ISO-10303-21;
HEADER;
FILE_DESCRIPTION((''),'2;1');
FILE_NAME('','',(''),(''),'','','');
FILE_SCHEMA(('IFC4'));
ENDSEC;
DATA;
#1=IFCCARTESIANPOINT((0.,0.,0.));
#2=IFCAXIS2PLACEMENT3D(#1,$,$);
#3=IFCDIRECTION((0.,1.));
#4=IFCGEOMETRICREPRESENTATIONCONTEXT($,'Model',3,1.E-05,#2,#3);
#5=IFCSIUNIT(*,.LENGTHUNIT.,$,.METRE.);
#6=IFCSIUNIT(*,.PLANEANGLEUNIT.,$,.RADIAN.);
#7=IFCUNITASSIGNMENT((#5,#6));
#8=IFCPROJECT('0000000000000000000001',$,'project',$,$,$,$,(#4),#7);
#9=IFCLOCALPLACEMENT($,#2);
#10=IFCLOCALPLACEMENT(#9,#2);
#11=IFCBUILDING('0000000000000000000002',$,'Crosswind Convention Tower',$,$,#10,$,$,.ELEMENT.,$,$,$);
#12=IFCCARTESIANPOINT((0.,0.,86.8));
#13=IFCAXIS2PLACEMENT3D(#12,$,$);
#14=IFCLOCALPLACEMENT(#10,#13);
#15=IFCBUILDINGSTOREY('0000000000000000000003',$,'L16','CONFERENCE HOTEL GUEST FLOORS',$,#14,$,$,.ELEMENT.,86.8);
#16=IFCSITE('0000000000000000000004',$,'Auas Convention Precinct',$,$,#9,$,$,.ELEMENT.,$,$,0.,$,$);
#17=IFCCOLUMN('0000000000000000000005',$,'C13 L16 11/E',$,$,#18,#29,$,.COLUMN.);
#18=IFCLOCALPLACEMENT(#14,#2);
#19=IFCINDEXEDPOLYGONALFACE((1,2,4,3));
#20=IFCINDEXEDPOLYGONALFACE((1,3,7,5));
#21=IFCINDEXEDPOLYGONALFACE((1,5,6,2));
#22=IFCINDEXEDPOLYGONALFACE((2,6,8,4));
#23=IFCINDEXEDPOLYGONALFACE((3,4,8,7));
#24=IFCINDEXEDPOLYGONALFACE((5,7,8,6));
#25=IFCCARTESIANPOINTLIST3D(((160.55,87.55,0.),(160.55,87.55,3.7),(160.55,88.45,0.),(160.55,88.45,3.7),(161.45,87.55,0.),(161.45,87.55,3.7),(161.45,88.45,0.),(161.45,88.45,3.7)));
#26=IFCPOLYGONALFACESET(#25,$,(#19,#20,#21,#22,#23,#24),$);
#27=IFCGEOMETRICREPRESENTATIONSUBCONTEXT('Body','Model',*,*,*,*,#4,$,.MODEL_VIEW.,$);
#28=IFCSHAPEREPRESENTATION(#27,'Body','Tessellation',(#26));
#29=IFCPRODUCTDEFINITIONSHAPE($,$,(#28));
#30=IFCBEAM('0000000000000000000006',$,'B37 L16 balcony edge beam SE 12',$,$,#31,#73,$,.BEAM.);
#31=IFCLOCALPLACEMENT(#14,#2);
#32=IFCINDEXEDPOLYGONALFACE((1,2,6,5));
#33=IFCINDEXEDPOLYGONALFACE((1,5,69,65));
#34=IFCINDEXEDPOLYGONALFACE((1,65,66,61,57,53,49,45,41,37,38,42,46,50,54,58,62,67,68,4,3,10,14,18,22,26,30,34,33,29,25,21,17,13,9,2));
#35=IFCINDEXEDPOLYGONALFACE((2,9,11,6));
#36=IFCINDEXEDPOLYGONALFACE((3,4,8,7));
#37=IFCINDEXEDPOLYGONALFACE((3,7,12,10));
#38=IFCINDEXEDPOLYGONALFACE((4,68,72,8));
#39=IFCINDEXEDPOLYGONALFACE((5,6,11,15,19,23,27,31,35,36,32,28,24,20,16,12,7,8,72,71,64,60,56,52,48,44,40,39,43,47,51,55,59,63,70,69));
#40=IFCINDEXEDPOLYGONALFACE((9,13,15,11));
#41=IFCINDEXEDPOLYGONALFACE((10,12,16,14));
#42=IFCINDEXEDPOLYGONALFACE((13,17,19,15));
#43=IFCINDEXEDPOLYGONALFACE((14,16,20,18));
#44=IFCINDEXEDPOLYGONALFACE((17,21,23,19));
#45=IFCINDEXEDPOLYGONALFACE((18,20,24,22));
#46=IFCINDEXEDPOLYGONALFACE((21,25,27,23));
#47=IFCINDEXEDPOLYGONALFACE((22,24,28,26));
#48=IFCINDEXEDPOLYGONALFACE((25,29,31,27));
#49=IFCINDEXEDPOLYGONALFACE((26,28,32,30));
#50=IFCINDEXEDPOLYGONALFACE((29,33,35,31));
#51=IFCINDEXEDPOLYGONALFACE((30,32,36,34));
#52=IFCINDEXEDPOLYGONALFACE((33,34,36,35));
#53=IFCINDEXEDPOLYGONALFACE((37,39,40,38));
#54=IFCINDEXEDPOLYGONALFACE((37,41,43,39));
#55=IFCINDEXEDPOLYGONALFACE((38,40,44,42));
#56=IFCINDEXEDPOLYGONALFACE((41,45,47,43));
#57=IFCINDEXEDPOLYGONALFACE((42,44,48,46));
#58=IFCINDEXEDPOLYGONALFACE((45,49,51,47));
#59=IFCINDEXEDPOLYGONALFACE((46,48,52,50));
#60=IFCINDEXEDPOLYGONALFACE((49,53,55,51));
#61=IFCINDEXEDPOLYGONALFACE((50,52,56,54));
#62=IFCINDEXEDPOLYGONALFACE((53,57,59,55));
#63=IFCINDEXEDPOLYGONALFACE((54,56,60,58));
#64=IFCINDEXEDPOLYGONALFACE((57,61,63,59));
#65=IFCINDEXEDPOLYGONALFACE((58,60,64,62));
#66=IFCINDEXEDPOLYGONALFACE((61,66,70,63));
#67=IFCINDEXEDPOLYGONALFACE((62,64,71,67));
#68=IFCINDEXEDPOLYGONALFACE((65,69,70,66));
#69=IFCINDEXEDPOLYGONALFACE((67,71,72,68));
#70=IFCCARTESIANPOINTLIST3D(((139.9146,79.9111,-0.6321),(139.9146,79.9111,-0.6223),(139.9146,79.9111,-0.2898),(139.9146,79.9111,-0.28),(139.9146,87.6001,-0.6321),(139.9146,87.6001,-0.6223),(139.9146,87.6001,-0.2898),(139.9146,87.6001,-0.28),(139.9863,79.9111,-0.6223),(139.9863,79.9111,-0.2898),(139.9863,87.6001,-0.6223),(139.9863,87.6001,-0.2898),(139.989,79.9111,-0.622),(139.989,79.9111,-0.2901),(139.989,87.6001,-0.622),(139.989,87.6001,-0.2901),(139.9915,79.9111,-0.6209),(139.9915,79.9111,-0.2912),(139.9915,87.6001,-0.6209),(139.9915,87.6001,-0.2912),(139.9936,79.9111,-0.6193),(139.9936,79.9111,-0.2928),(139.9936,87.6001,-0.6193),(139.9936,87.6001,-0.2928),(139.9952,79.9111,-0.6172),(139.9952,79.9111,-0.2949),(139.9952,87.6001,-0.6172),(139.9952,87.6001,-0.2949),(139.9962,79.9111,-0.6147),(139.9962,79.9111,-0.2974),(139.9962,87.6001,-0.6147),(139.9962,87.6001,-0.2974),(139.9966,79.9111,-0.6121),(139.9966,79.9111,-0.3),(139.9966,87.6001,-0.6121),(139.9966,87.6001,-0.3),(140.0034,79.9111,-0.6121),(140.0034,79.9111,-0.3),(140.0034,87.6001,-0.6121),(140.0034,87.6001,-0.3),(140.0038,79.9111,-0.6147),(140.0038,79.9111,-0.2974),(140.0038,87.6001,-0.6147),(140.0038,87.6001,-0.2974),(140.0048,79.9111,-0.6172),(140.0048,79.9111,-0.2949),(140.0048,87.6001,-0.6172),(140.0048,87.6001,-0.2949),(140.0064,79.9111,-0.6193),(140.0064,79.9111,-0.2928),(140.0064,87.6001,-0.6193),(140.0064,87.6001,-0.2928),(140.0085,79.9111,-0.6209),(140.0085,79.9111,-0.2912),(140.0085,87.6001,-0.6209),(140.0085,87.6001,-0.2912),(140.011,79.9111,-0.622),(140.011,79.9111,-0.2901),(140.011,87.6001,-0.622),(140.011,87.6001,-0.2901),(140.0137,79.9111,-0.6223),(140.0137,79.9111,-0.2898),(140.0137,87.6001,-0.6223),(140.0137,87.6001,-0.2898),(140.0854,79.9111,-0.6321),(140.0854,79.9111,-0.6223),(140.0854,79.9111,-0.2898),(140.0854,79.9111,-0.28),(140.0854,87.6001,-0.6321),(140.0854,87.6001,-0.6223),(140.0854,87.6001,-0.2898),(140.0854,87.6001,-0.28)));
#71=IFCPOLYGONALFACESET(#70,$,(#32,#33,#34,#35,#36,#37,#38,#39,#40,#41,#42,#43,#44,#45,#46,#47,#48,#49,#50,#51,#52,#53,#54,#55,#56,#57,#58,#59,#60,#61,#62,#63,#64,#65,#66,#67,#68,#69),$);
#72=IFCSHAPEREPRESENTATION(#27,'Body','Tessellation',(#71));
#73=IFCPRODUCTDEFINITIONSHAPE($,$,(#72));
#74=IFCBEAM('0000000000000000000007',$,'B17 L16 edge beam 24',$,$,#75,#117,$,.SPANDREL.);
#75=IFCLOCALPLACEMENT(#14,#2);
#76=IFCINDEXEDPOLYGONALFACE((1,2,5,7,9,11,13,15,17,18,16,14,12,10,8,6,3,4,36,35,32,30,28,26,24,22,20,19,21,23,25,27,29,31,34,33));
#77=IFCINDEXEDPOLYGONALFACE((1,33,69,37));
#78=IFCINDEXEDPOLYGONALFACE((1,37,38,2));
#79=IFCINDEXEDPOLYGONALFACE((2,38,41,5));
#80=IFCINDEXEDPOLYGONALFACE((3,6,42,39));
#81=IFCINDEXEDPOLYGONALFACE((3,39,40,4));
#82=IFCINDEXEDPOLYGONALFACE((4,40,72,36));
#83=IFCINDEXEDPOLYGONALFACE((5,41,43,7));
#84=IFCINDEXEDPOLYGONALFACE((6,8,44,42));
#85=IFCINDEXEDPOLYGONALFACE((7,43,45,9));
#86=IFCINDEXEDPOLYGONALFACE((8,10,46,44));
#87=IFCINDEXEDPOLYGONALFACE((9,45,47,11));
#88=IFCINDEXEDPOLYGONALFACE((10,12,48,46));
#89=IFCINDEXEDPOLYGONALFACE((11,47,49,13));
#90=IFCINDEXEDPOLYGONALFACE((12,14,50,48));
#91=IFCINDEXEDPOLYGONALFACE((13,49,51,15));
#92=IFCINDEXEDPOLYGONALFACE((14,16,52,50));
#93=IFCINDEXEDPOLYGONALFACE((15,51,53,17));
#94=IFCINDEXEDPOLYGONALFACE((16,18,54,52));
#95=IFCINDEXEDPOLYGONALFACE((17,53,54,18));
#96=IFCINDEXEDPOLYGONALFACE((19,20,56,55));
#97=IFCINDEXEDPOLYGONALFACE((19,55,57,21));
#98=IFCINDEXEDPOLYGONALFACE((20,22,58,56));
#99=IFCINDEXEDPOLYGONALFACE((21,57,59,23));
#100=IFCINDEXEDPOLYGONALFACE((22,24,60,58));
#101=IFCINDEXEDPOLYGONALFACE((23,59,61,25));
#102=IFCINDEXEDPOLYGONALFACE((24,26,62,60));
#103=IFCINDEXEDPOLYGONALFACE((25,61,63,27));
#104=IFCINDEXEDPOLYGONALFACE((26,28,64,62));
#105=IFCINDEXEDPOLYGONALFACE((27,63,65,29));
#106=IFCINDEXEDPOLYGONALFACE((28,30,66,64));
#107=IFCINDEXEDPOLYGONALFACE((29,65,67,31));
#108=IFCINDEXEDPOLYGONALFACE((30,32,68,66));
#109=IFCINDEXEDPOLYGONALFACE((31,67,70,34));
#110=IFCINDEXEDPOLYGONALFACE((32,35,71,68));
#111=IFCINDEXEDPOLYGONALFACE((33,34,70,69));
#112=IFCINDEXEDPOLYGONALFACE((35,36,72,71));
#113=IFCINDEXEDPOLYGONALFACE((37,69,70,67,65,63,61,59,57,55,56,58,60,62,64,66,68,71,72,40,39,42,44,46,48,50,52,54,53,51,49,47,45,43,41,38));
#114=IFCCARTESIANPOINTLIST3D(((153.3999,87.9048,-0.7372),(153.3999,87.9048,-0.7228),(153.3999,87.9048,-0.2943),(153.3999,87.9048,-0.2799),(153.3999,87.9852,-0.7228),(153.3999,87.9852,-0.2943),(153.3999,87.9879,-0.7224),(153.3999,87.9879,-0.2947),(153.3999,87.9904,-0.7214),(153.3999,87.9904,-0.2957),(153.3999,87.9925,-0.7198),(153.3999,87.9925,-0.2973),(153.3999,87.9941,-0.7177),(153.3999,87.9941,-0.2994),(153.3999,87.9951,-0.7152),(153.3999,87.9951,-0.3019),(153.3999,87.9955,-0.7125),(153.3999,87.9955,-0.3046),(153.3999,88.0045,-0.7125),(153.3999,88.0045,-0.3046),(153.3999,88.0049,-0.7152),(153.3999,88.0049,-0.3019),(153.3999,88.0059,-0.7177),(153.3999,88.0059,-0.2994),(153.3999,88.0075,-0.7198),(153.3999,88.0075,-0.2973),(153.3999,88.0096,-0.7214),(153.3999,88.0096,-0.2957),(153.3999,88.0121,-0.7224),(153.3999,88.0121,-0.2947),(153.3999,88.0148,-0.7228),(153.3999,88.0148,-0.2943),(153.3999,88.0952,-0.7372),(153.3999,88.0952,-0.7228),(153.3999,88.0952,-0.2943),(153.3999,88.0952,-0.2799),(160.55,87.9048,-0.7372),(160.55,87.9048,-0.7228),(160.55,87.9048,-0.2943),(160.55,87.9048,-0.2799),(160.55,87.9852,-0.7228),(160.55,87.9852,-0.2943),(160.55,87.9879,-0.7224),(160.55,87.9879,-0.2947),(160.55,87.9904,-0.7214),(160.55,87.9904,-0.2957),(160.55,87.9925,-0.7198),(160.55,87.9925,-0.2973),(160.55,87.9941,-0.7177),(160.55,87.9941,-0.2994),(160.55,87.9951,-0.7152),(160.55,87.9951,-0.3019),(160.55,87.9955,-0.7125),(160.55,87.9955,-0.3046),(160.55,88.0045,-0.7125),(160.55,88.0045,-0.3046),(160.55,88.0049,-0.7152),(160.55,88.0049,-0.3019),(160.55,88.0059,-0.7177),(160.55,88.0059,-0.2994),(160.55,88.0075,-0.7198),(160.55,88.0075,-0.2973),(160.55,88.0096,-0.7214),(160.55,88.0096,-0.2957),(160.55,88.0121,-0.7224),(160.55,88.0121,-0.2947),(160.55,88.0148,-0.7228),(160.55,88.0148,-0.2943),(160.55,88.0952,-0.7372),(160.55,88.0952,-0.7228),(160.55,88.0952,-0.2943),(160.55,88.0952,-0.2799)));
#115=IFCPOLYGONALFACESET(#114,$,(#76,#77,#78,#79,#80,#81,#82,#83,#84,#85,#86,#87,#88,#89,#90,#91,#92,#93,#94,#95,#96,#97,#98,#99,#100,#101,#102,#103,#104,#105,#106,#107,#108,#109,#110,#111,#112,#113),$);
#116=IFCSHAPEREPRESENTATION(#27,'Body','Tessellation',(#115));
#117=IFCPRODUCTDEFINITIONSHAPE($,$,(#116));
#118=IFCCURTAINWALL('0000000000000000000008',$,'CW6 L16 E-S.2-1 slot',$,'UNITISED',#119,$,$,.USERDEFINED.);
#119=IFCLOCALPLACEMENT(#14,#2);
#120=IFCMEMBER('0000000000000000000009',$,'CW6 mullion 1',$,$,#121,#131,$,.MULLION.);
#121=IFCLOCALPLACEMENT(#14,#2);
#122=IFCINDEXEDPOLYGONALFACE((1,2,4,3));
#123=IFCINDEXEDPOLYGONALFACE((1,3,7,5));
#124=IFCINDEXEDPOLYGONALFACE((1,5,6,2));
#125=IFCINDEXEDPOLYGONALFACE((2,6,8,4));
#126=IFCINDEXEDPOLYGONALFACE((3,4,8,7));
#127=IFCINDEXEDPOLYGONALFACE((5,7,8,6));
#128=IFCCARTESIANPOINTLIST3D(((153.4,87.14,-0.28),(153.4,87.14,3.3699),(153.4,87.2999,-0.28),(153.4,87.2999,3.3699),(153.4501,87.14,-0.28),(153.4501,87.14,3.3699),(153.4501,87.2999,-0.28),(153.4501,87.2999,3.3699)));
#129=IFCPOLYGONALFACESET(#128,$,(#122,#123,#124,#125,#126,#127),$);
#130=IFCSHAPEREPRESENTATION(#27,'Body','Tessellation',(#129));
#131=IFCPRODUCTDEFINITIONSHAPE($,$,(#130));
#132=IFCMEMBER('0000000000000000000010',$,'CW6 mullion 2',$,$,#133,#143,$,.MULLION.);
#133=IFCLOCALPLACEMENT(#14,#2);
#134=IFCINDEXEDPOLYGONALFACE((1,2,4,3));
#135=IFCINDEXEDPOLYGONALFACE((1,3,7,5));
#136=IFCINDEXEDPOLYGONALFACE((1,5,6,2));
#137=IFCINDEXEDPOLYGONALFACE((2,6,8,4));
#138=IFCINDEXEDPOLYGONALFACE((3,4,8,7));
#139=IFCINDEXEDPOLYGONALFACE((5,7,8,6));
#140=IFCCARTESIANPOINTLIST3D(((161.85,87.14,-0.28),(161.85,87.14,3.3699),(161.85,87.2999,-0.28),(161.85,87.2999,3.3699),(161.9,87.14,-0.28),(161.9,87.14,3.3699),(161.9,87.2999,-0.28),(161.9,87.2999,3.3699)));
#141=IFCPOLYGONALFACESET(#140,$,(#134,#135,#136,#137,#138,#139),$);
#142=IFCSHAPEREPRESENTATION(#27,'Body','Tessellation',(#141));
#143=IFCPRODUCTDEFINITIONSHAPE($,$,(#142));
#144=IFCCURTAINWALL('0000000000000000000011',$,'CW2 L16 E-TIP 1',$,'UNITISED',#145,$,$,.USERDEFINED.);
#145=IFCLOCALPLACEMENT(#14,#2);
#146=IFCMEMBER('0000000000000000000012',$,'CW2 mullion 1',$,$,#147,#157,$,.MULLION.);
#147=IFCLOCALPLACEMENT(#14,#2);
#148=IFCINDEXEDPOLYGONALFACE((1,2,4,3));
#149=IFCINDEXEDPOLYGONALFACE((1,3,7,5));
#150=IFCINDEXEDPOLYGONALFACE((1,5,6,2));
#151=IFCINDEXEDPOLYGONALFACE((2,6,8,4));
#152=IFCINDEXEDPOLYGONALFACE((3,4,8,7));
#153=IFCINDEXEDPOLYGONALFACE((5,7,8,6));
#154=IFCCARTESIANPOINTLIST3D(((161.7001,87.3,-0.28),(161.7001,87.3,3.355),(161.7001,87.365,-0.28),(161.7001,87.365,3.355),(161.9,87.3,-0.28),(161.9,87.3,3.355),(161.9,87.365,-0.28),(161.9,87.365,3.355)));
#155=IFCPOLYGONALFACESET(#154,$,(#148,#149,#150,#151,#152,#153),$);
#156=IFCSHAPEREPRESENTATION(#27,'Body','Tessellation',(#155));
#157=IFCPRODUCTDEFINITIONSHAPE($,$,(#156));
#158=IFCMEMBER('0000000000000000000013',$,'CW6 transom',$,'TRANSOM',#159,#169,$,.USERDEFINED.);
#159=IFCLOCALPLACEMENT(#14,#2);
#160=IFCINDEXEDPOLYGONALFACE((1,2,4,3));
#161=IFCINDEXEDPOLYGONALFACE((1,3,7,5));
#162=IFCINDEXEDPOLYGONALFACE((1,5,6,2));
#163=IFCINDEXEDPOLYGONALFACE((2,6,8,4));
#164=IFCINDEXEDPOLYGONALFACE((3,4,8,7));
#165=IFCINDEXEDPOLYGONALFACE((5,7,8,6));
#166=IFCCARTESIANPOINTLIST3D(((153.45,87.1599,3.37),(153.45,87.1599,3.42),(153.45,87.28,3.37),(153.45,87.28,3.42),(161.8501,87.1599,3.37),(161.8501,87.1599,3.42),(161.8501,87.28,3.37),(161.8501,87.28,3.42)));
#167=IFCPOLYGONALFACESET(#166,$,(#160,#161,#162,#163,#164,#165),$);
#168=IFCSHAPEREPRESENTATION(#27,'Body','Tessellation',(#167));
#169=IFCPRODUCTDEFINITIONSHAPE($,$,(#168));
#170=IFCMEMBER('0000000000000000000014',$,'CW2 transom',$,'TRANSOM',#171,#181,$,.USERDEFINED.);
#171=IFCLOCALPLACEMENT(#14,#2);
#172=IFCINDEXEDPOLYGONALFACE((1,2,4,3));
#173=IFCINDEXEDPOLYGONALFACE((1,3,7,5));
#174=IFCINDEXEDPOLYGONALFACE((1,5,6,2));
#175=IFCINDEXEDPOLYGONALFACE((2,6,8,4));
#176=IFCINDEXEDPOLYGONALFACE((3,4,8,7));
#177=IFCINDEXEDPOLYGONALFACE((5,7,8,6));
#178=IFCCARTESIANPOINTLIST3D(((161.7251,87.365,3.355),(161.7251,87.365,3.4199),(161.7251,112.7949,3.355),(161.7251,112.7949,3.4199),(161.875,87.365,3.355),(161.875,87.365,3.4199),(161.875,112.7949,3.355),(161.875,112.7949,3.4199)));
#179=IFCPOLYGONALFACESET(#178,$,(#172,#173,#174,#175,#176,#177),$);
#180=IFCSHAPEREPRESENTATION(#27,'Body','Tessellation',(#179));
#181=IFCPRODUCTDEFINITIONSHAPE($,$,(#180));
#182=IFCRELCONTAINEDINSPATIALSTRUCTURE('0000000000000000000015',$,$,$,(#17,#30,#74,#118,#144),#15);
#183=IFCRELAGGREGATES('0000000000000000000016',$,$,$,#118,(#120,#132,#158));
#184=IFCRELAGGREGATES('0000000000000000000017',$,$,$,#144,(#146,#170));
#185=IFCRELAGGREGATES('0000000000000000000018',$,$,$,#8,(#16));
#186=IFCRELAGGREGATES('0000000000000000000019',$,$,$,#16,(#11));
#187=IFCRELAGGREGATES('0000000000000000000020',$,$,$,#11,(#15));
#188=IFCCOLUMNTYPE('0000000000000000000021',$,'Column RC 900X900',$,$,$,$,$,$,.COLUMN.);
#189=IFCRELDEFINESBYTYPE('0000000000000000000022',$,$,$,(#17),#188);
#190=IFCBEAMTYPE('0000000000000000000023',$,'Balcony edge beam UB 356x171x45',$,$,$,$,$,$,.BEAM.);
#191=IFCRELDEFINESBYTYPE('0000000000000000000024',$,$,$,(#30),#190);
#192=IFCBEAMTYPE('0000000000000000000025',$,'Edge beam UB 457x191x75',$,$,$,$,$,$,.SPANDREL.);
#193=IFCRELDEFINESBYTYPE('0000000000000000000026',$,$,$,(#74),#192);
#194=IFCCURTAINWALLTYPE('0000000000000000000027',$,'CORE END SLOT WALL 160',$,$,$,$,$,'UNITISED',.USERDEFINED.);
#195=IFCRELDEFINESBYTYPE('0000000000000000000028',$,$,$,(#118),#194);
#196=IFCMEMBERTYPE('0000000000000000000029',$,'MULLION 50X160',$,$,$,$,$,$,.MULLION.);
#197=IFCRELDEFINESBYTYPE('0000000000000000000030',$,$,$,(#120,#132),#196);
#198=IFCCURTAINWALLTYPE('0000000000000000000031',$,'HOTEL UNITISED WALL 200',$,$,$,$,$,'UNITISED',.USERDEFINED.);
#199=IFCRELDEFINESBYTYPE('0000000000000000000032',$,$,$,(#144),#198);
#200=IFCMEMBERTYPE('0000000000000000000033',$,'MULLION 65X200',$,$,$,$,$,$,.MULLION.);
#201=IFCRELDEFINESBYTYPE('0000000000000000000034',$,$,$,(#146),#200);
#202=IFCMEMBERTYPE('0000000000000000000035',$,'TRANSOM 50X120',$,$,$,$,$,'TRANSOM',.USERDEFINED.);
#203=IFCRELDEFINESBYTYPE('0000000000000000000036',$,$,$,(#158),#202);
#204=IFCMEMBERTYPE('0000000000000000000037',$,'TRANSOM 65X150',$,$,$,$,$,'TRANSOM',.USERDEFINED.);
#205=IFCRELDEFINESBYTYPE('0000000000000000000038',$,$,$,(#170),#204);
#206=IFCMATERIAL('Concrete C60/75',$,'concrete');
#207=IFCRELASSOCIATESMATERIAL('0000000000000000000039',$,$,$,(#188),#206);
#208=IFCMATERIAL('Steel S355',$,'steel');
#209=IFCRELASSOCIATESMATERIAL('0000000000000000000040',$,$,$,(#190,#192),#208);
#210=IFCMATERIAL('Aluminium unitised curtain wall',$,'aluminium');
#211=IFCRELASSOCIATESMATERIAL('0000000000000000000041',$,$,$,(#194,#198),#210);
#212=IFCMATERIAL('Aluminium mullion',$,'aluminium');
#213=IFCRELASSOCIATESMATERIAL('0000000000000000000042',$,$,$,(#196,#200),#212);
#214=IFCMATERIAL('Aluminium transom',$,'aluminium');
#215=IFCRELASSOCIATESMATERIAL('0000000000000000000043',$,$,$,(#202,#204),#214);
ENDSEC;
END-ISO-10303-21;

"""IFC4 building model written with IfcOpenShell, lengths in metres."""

from ifc_helpers import new_model, si_unit, direction, frame, origin, origin_2d, place, context, subcontext, project, spatial, rectangle, i_section, extrude, material, material_profile, profile_set, type_object, element, aggregate, save


model = new_model("IFC4")

# Units and contexts
model_context = context("Model", 3, precision=1e-05, world=origin(), true_north=direction((0.0, 1.0)))
body_context = subcontext(model_context, "Body", "Model", "MODEL_VIEW")
ifc_project = project(units=[si_unit("LENGTHUNIT", "METRE"), si_unit("PLANEANGLEUNIT", "RADIAN")], contexts=[model_context])

# Site, building, storey
site_placement = place(None, origin())
site = spatial("IfcSite", under=ifc_project, at=site_placement, Name="Auas Convention Precinct", CompositionType="ELEMENT", RefElevation=0.0)
building_placement = place(site_placement, origin())
building = spatial("IfcBuilding", under=site, at=building_placement, Name="Crosswind Convention Tower", CompositionType="ELEMENT")
storey_placement = place(building_placement, frame((0.0, 0.0, 86.8)))
storey = spatial("IfcBuildingStorey", under=building, at=storey_placement, Name="L16", Description="CONFERENCE HOTEL GUEST FLOORS", CompositionType="ELEMENT", Elevation=86.8)

# Column
ifc_material_1 = material(Name="Concrete C60/75", Category="concrete")
ifc_material_profile_1 = material_profile(ifc_material_1, rectangle(XDim=0.8999, YDim=0.8999, at=origin_2d()), Name="RC 900X900")
ifc_profile_set_1 = profile_set([ifc_material_profile_1], Name="Concrete C60/75")
column_type = type_object("IfcColumnType", Name="Column RC 900X900", PredefinedType="COLUMN", material=ifc_profile_set_1)
column_placement = place(storey_placement, frame((161.0, 88.0, 0.0), z_axis=(0.0, 0.0, 1.0), x_axis=(1.0, 0.0, 0.0)))
element("IfcColumn", 1, at=column_placement, inside=storey, type_object=column_type, Name="C13 L16 11/E", PredefinedType="COLUMN", context=body_context, shape_type="SweptSolid", body=[
    extrude(rectangle(XDim=0.8999, YDim=0.8999, at=origin_2d()), origin(), (0.0, 0.0, 1.0), 3.7),
])

# Beams
ifc_material_2 = material(Name="Steel S355", Category="steel")
ifc_material_profile_2 = material_profile(ifc_material_2, i_section(OverallWidth=0.1709, OverallDepth=0.3521, WebThickness=0.0068, FlangeThickness=0.0098, FilletRadius=0.0103, at=origin_2d()), Name="UB 356x171x45")
ifc_profile_set_2 = profile_set([ifc_material_profile_2], Name="Steel S355")
beam_type_1 = type_object("IfcBeamType", Name="Balcony edge beam UB 356x171x45", PredefinedType="BEAM", material=ifc_profile_set_2)
beam_1_placement = place(storey_placement, frame((140.0, 87.6001, -0.4561), z_axis=(0.0, -1.0, 0.0), x_axis=(1.0, 0.0, 0.0)))
element("IfcBeam", 2, at=beam_1_placement, inside=storey, type_object=beam_type_1, Name="B37 L16 balcony edge beam SE 12", PredefinedType="BEAM", context=body_context, shape_type="SweptSolid", body=[
    extrude(i_section(OverallWidth=0.1709, OverallDepth=0.3521, WebThickness=0.0068, FlangeThickness=0.0098, FilletRadius=0.0103, at=origin_2d()), origin(), (0.0, 0.0, 1.0), 7.689),
])
ifc_material_profile_3 = material_profile(ifc_material_2, i_section(OverallWidth=0.1904, OverallDepth=0.4573, WebThickness=0.009, FlangeThickness=0.0144, FilletRadius=0.0103, at=origin_2d()), Name="UB 457x191x75")
ifc_profile_set_3 = profile_set([ifc_material_profile_3], Name="Steel S355")
beam_type_2 = type_object("IfcBeamType", Name="Edge beam UB 457x191x75", PredefinedType="SPANDREL", material=ifc_profile_set_3)
beam_2_placement = place(storey_placement, frame((153.3999, 88.0, -0.5085), z_axis=(1.0, 0.0, 0.0), x_axis=(0.0, 1.0, 0.0)))
element("IfcBeam", 3, at=beam_2_placement, inside=storey, type_object=beam_type_2, Name="B17 L16 edge beam 24", PredefinedType="SPANDREL", context=body_context, shape_type="SweptSolid", body=[
    extrude(i_section(OverallWidth=0.1904, OverallDepth=0.4573, WebThickness=0.009, FlangeThickness=0.0144, FilletRadius=0.0103, at=origin_2d()), origin(), (0.0, 0.0, 1.0), 7.1501),
])

# Curtain wall, members
ifc_material_3 = material(Name="Aluminium unitised curtain wall", Category="aluminium")
curtain_wall_type_1 = type_object("IfcCurtainWallType", Name="CORE END SLOT WALL 160", ElementType="UNITISED", PredefinedType="USERDEFINED", material=ifc_material_3)
curtain_wall_1_placement = place(storey_placement, origin())
curtain_wall_1 = element("IfcCurtainWall", 4, at=curtain_wall_1_placement, inside=storey, type_object=curtain_wall_type_1, Name="CW6 L16 E-S.2-1 slot", ObjectType="UNITISED", PredefinedType="USERDEFINED")
ifc_material_4 = material(Name="Aluminium mullion", Category="aluminium")
ifc_material_profile_4 = material_profile(ifc_material_4, rectangle(XDim=0.1599, YDim=0.05, at=origin_2d()), Name="AL 160X50")
ifc_profile_set_4 = profile_set([ifc_material_profile_4], Name="Aluminium mullion")
member_type_1 = type_object("IfcMemberType", Name="MULLION 50X160", PredefinedType="MULLION", material=ifc_profile_set_4)
member_1_placement = place(storey_placement, frame((153.425, 87.22, -0.28), z_axis=(0.0, 0.0, 1.0), x_axis=(0.0, -1.0, 0.0)))
member_1 = element("IfcMember", 5, at=member_1_placement, type_object=member_type_1, Name="CW6 mullion 1", PredefinedType="MULLION", context=body_context, shape_type="SweptSolid", body=[
    extrude(rectangle(XDim=0.1599, YDim=0.05, at=origin_2d()), origin(), (0.0, 0.0, 1.0), 3.6499),
])
member_2_placement = place(storey_placement, frame((161.875, 87.22, -0.28), z_axis=(0.0, 0.0, 1.0), x_axis=(0.0, -1.0, 0.0)))
member_2 = element("IfcMember", 6, at=member_2_placement, type_object=member_type_1, Name="CW6 mullion 2", PredefinedType="MULLION", context=body_context, shape_type="SweptSolid", body=[
    extrude(rectangle(XDim=0.1599, YDim=0.05, at=origin_2d()), origin(), (0.0, 0.0, 1.0), 3.6499),
])

# Curtain wall, member
curtain_wall_type_2 = type_object("IfcCurtainWallType", Name="HOTEL UNITISED WALL 200", ElementType="UNITISED", PredefinedType="USERDEFINED", material=ifc_material_3)
curtain_wall_2_placement = place(storey_placement, origin())
curtain_wall_2 = element("IfcCurtainWall", 7, at=curtain_wall_2_placement, inside=storey, type_object=curtain_wall_type_2, Name="CW2 L16 E-TIP 1", ObjectType="UNITISED", PredefinedType="USERDEFINED")
ifc_material_profile_5 = material_profile(ifc_material_4, rectangle(XDim=0.2, YDim=0.0649, at=origin_2d()), Name="AL 200X65")
ifc_profile_set_5 = profile_set([ifc_material_profile_5], Name="Aluminium mullion")
member_type_2 = type_object("IfcMemberType", Name="MULLION 65X200", PredefinedType="MULLION", material=ifc_profile_set_5)
member_3_placement = place(storey_placement, frame((161.8, 87.3325, -0.28), z_axis=(0.0, 0.0, 1.0), x_axis=(1.0, 0.0, 0.0)))
member_3 = element("IfcMember", 8, at=member_3_placement, type_object=member_type_2, Name="CW2 mullion 1", PredefinedType="MULLION", context=body_context, shape_type="SweptSolid", body=[
    extrude(rectangle(XDim=0.2, YDim=0.0649, at=origin_2d()), origin(), (0.0, 0.0, 1.0), 3.635),
])

# Members
ifc_material_5 = material(Name="Aluminium transom", Category="aluminium")
ifc_material_profile_6 = material_profile(ifc_material_5, rectangle(XDim=0.1201, YDim=0.05, at=origin_2d()), Name="AL 120X50")
ifc_profile_set_6 = profile_set([ifc_material_profile_6], Name="Aluminium transom")
member_type_3 = type_object("IfcMemberType", Name="TRANSOM 50X120", ElementType="TRANSOM", PredefinedType="USERDEFINED", material=ifc_profile_set_6)
member_4_placement = place(storey_placement, frame((153.45, 87.22, 3.395), z_axis=(1.0, 0.0, 0.0), x_axis=(0.0, 1.0, 0.0)))
member_4 = element("IfcMember", 9, at=member_4_placement, type_object=member_type_3, Name="CW6 transom", ObjectType="TRANSOM", PredefinedType="USERDEFINED", context=body_context, shape_type="SweptSolid", body=[
    extrude(rectangle(XDim=0.1201, YDim=0.05, at=origin_2d()), origin(), (0.0, 0.0, 1.0), 8.4001),
])
ifc_material_profile_7 = material_profile(ifc_material_5, rectangle(XDim=0.1499, YDim=0.0649, at=origin_2d()), Name="AL 150X65")
ifc_profile_set_7 = profile_set([ifc_material_profile_7], Name="Aluminium transom")
member_type_4 = type_object("IfcMemberType", Name="TRANSOM 65X150", ElementType="TRANSOM", PredefinedType="USERDEFINED", material=ifc_profile_set_7)
member_5_placement = place(storey_placement, frame((161.8, 87.365, 3.3875), z_axis=(0.0, 1.0, 0.0), x_axis=(-1.0, 0.0, 0.0)))
member_5 = element("IfcMember", 10, at=member_5_placement, type_object=member_type_4, Name="CW2 transom", ObjectType="TRANSOM", PredefinedType="USERDEFINED", context=body_context, shape_type="SweptSolid", body=[
    extrude(rectangle(XDim=0.1499, YDim=0.0649, at=origin_2d()), origin(), (0.0, 0.0, 1.0), 25.4299),
])

aggregate(curtain_wall_1, [member_1, member_2, member_4])

aggregate(curtain_wall_2, [member_3, member_5])

save(model, "model.ifc")
